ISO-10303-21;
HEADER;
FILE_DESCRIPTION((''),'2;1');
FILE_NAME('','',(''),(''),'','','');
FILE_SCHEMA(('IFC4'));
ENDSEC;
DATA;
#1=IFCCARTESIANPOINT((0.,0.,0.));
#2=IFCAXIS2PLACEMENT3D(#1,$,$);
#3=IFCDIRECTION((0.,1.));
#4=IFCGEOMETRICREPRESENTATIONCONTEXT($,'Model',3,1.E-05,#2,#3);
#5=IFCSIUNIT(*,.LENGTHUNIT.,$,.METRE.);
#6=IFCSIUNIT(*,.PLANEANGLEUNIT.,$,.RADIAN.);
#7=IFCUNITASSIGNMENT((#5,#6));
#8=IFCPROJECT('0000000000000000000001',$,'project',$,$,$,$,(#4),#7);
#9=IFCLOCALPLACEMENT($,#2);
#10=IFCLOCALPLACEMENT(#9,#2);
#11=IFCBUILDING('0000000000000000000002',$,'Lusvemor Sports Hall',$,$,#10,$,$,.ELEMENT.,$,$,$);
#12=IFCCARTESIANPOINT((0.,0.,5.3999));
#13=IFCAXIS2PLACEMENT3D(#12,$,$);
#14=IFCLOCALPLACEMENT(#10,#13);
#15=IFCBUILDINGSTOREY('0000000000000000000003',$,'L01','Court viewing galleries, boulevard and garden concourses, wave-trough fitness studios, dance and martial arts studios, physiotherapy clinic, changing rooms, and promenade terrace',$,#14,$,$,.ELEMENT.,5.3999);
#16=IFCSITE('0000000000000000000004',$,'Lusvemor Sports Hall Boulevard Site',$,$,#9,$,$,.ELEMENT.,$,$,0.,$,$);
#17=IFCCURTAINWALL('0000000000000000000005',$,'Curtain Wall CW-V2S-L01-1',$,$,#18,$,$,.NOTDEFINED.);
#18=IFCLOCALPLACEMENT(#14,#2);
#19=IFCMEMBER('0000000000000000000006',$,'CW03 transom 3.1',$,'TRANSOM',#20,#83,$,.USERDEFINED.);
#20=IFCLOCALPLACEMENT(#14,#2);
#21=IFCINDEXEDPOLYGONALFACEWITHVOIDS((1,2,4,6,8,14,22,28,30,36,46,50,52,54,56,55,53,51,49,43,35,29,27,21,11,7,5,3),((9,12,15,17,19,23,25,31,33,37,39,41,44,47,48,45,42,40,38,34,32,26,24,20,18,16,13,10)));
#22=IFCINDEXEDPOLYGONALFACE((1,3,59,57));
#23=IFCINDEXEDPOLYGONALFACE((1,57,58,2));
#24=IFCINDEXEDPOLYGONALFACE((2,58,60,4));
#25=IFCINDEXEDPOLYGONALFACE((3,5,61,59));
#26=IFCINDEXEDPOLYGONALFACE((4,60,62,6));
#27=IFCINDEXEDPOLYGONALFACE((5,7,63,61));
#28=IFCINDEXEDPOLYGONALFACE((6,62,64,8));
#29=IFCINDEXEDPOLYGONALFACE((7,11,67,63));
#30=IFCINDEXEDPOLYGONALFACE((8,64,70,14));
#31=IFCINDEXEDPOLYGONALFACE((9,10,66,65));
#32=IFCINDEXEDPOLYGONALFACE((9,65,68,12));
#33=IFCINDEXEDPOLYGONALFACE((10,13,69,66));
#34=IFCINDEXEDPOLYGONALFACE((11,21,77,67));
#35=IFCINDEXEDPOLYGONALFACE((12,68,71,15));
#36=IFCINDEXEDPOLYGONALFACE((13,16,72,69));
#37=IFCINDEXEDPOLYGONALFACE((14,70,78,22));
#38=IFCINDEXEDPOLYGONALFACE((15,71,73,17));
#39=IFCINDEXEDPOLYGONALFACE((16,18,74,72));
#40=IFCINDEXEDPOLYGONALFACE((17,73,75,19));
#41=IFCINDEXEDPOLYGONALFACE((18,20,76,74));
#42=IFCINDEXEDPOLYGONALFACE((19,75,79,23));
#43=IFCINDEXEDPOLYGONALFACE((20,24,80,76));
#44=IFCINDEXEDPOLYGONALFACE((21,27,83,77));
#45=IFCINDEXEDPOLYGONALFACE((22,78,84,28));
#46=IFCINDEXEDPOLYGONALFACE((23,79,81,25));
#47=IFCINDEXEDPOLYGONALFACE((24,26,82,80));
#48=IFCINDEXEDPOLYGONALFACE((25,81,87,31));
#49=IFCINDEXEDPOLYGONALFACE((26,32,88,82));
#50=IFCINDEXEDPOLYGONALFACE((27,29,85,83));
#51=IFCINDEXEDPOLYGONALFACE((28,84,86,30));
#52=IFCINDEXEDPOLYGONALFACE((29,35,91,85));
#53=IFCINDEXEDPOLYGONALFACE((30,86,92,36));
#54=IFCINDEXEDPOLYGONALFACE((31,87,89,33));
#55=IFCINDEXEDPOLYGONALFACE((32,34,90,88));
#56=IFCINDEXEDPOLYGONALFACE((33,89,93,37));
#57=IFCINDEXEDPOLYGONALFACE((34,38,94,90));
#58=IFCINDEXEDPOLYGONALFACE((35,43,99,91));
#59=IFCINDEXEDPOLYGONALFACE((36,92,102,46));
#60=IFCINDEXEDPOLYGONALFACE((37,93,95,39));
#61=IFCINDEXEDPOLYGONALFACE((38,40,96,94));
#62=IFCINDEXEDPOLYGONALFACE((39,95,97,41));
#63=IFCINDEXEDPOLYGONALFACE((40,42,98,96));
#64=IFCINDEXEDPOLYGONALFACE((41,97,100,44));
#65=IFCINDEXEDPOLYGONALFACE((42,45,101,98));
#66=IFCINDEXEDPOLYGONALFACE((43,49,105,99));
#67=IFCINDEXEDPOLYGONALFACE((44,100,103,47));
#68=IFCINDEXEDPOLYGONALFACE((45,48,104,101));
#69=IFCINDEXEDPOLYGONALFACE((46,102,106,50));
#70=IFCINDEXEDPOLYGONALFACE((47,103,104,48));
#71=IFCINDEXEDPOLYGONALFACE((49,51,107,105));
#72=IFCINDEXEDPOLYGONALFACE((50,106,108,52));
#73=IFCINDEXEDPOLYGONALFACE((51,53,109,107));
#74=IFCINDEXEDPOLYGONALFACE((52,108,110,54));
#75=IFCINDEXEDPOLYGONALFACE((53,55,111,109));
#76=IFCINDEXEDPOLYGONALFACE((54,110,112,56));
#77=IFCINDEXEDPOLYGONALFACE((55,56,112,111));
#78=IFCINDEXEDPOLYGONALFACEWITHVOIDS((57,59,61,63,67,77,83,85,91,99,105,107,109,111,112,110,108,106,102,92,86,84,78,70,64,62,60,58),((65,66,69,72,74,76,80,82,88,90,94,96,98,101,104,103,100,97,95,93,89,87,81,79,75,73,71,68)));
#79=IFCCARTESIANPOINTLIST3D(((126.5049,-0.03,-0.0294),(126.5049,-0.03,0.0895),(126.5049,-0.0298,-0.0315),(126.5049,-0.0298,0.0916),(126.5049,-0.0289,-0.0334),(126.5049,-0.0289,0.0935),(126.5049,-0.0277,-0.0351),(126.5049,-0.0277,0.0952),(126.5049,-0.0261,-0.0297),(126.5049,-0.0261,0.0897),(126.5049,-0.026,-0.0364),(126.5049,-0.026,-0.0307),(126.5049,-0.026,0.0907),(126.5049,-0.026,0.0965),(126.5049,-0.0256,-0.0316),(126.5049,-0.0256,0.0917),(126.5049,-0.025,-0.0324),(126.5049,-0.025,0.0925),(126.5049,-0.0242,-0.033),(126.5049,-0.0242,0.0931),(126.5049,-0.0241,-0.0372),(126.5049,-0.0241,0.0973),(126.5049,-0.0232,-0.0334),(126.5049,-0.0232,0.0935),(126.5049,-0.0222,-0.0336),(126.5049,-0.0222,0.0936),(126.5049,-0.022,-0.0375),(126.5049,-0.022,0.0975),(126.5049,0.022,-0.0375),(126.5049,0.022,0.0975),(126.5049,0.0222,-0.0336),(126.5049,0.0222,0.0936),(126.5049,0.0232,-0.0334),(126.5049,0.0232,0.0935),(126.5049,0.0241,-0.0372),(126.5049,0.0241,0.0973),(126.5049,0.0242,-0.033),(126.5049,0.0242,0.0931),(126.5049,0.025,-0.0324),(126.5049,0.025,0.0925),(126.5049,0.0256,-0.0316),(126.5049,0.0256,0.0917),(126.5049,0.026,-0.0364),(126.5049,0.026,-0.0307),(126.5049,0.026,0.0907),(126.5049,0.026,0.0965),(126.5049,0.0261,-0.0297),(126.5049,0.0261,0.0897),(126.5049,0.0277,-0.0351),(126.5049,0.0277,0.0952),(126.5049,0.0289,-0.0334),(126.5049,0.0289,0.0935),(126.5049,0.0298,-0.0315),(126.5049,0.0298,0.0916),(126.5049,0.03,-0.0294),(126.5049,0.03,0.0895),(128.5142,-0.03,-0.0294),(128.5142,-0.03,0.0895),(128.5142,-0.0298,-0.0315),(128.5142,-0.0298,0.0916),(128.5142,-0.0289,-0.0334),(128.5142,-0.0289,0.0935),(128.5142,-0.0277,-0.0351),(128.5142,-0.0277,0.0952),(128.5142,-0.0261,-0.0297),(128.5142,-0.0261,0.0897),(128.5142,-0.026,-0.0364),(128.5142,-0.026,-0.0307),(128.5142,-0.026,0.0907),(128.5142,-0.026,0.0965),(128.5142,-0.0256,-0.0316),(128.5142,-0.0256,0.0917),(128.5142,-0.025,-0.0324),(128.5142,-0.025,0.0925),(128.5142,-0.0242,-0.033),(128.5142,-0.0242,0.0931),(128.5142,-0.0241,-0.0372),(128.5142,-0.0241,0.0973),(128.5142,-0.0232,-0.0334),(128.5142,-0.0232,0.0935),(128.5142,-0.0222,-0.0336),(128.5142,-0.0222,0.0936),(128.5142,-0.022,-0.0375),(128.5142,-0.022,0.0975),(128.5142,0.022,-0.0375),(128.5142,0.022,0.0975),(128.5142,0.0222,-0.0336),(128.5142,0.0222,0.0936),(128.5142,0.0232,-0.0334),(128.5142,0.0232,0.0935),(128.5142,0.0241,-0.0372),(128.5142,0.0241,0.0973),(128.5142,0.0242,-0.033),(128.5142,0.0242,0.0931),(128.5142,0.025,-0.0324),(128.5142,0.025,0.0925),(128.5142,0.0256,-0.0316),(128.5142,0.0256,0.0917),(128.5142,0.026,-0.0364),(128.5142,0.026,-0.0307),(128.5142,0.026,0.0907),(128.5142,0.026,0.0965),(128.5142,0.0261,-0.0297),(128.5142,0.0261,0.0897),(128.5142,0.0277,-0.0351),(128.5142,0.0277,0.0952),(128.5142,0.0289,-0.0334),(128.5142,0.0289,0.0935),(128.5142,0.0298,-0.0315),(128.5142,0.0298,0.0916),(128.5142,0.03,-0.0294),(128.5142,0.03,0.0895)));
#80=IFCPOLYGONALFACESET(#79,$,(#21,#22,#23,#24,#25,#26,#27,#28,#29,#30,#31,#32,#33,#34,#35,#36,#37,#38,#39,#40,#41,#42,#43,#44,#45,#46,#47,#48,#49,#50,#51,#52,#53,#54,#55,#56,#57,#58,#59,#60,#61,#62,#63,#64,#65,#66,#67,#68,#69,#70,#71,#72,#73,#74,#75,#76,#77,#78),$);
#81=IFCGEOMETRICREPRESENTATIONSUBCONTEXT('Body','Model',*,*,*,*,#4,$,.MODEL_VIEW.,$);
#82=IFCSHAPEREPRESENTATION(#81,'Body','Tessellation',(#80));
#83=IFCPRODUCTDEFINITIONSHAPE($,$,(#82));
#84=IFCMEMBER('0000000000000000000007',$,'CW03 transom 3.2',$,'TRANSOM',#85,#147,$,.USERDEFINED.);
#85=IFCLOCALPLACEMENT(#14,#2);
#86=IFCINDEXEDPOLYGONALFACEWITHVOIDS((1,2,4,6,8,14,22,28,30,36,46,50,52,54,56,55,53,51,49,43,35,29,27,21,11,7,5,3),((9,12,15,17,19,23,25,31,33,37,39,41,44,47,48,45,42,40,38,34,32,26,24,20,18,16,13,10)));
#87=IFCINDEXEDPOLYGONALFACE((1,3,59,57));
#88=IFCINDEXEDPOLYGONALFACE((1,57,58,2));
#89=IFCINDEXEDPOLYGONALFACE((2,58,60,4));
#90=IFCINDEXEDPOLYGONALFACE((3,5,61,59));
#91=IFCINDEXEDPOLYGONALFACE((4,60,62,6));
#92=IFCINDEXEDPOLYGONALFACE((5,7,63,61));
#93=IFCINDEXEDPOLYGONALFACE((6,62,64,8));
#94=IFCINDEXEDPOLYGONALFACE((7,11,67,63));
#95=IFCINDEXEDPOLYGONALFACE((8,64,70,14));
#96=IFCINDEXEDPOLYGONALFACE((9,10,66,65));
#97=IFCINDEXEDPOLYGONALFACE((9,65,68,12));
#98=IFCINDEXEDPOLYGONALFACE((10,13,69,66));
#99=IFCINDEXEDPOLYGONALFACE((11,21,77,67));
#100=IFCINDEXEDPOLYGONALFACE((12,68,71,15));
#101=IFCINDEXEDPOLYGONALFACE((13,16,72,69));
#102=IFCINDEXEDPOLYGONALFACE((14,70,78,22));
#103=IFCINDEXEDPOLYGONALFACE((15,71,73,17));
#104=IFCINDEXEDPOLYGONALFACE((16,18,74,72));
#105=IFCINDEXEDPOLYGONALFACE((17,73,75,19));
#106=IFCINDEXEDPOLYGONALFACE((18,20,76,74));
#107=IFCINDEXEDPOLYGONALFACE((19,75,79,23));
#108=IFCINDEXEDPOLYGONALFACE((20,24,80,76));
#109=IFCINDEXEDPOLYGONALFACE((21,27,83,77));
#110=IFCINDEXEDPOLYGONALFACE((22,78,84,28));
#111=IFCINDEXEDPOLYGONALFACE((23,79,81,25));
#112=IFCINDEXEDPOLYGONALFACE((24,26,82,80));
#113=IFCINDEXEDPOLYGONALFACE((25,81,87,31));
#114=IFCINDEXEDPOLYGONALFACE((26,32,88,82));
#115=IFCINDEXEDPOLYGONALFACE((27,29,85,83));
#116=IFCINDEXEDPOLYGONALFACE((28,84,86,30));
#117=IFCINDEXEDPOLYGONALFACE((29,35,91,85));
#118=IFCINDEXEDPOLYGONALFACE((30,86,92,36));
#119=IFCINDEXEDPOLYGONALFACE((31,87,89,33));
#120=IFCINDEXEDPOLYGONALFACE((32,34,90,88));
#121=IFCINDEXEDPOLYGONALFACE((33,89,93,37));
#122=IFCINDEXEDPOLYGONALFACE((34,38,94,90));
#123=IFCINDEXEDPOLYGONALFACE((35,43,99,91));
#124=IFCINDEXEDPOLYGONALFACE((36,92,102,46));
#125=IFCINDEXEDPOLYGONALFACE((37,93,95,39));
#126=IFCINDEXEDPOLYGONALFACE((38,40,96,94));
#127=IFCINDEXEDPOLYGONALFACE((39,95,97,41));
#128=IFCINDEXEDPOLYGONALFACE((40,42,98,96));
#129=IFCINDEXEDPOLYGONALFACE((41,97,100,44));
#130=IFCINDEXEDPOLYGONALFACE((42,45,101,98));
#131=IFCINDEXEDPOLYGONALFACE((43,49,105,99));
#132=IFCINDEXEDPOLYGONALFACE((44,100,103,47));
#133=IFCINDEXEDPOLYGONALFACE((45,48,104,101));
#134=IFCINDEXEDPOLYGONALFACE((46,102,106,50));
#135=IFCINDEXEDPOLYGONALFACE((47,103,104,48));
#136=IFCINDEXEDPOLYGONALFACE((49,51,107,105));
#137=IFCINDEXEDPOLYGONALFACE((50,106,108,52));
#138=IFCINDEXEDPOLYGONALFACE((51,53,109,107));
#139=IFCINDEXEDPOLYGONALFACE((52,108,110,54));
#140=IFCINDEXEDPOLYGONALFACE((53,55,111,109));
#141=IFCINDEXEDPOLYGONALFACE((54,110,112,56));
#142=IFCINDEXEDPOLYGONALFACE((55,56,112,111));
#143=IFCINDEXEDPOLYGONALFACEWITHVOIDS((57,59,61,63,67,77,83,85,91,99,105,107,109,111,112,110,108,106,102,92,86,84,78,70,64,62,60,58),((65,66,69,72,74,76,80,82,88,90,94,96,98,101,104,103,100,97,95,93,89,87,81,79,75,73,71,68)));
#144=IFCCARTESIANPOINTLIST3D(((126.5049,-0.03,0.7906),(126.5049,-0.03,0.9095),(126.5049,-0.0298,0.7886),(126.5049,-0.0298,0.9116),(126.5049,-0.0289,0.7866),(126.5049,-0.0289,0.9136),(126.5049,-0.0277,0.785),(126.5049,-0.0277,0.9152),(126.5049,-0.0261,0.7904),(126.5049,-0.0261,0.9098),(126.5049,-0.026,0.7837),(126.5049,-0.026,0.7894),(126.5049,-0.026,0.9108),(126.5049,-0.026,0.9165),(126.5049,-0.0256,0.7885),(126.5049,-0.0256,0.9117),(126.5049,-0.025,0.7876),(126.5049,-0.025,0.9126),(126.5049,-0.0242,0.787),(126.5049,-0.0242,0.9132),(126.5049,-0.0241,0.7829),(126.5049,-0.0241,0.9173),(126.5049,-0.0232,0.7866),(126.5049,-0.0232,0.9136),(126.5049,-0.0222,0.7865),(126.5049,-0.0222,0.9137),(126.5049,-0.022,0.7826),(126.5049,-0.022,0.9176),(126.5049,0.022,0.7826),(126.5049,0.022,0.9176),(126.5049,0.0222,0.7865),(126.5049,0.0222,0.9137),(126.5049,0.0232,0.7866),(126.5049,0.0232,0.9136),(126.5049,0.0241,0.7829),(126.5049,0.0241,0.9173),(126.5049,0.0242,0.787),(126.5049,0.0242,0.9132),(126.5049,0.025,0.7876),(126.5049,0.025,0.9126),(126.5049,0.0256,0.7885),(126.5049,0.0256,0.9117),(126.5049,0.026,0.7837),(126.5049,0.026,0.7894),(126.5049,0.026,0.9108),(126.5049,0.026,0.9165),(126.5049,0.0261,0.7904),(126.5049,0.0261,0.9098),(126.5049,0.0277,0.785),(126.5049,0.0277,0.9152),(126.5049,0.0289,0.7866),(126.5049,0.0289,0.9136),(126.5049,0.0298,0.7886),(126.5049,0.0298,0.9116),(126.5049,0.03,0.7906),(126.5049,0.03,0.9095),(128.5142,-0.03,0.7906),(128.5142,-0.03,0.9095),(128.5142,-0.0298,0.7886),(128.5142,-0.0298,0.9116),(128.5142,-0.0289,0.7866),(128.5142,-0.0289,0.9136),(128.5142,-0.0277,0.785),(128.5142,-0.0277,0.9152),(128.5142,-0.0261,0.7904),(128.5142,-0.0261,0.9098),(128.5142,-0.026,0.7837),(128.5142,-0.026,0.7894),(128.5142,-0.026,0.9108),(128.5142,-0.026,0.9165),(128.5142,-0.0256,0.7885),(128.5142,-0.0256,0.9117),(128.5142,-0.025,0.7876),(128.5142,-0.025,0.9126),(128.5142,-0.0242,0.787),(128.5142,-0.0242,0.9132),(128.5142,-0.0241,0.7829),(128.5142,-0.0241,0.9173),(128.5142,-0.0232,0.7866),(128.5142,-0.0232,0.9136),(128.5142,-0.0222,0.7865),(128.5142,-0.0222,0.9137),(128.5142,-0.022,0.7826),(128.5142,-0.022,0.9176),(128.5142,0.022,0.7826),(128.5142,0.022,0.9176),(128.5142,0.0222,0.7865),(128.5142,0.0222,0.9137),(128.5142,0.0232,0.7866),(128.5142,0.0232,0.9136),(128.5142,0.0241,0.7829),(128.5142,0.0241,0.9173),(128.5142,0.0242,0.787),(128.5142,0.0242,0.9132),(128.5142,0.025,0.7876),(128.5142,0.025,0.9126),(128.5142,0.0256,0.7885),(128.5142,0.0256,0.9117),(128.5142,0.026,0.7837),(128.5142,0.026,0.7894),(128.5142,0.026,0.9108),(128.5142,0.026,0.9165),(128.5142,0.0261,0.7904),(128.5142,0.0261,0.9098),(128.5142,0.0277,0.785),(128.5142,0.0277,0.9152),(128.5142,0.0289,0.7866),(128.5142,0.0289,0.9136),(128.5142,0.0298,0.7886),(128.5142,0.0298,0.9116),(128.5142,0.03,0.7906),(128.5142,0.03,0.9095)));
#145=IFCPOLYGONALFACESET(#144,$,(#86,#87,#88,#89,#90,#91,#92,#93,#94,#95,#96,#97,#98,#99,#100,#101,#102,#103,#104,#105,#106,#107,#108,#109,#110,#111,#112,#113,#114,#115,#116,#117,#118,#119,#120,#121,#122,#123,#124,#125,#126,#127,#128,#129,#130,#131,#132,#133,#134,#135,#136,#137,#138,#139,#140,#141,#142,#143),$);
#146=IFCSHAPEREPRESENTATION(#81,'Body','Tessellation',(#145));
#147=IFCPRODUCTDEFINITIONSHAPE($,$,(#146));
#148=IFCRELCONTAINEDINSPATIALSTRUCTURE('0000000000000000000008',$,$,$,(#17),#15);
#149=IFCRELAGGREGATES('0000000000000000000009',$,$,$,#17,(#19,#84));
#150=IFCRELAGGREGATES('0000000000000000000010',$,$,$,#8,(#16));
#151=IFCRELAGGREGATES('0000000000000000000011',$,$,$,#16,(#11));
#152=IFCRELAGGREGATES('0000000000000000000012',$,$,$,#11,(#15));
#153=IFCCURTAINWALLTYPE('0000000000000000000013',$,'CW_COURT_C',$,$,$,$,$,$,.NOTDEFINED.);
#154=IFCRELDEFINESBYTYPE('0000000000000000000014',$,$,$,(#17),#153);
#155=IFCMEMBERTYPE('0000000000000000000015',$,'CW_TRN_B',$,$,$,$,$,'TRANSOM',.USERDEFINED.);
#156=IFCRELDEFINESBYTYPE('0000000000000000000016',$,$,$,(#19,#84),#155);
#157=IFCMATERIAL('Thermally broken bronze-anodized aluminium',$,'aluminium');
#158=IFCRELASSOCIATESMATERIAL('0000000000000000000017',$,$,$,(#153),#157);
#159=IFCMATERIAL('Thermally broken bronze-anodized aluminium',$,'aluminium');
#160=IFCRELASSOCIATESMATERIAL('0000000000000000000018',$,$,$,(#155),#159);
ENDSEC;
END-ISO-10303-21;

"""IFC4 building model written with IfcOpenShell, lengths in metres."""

from ifc_helpers import new_model, si_unit, direction, frame, origin, origin_2d, place, context, subcontext, project, spatial, hollow_rectangle, extrude, material, material_profile, profile_set, type_object, element, aggregate, save


model = new_model("IFC4")

# Units and contexts
model_context = context("Model", 3, precision=1e-05, world=origin(), true_north=direction((0.0, 1.0)))
body_context = subcontext(model_context, "Body", "Model", "MODEL_VIEW")
ifc_project = project(units=[si_unit("LENGTHUNIT", "METRE"), si_unit("PLANEANGLEUNIT", "RADIAN")], contexts=[model_context])

# Site, building, storey
site_placement = place(None, origin())
site = spatial("IfcSite", under=ifc_project, at=site_placement, Name="Lusvemor Sports Hall Boulevard Site", CompositionType="ELEMENT", RefElevation=0.0)
building_placement = place(site_placement, origin())
building = spatial("IfcBuilding", under=site, at=building_placement, Name="Lusvemor Sports Hall", CompositionType="ELEMENT")
storey_placement = place(building_placement, frame((0.0, 0.0, 5.3999)))
storey = spatial("IfcBuildingStorey", under=building, at=storey_placement, Name="L01", Description="Court viewing galleries, boulevard and garden concourses, wave-trough fitness studios, dance and martial arts studios, physiotherapy clinic, changing rooms, and promenade terrace", CompositionType="ELEMENT", Elevation=5.3999)

# Shared definitions
ifc_material_1 = material(Name="Thermally broken bronze-anodized aluminium", Category="aluminium")
curtain_wall_type = type_object("IfcCurtainWallType", Name="CW_COURT_C", PredefinedType="NOTDEFINED", material=ifc_material_1)

# Curtain wall
curtain_wall_1_placement = place(storey_placement, origin())
curtain_wall_1 = element("IfcCurtainWall", 1, at=curtain_wall_1_placement, inside=storey, type_object=curtain_wall_type, Name="Curtain Wall CW-V2S-L01-1", PredefinedType="NOTDEFINED")

# Members
ifc_material_2 = material(Name="Thermally broken bronze-anodized aluminium", Category="aluminium")
ifc_material_profile_1 = material_profile(ifc_material_2, hollow_rectangle(XDim=0.0601, YDim=0.135, WallThickness=0.0039, InnerFilletRadius=0.0039, OuterFilletRadius=0.0081, at=origin_2d()), Name="CWTRN135x60x4")
ifc_profile_set_1 = profile_set([ifc_material_profile_1], Name="Thermally broken bronze-anodized aluminium")
member_type_1 = type_object("IfcMemberType", Name="CW_TRN_B", ElementType="TRANSOM", PredefinedType="USERDEFINED", material=ifc_profile_set_1)
member_1_placement = place(storey_placement, frame((128.5142, 0.0, 0.03), z_axis=(-1.0, 0.0, 0.0), x_axis=(0.0, -1.0, 0.0)))
member_1 = element("IfcMember", 2, at=member_1_placement, type_object=member_type_1, Name="CW03 transom 3.1", ObjectType="TRANSOM", PredefinedType="USERDEFINED", context=body_context, shape_type="SweptSolid", body=[
    extrude(hollow_rectangle(XDim=0.0601, YDim=0.135, WallThickness=0.0039, InnerFilletRadius=0.0039, OuterFilletRadius=0.0081, at=origin_2d()), origin(), (0.0, 0.0, 1.0), 2.0093),
])
member_2_placement = place(storey_placement, frame((128.5142, 0.0, 0.8501), z_axis=(-1.0, 0.0, 0.0), x_axis=(0.0, -1.0, 0.0)))
member_2 = element("IfcMember", 3, at=member_2_placement, type_object=member_type_1, Name="CW03 transom 3.2", ObjectType="TRANSOM", PredefinedType="USERDEFINED", context=body_context, shape_type="SweptSolid", body=[
    extrude(hollow_rectangle(XDim=0.0601, YDim=0.135, WallThickness=0.0039, InnerFilletRadius=0.0039, OuterFilletRadius=0.0081, at=origin_2d()), origin(), (0.0, 0.0, 1.0), 2.0093),
])

aggregate(curtain_wall_1, [member_1, member_2])

save(model, "model.ifc")
